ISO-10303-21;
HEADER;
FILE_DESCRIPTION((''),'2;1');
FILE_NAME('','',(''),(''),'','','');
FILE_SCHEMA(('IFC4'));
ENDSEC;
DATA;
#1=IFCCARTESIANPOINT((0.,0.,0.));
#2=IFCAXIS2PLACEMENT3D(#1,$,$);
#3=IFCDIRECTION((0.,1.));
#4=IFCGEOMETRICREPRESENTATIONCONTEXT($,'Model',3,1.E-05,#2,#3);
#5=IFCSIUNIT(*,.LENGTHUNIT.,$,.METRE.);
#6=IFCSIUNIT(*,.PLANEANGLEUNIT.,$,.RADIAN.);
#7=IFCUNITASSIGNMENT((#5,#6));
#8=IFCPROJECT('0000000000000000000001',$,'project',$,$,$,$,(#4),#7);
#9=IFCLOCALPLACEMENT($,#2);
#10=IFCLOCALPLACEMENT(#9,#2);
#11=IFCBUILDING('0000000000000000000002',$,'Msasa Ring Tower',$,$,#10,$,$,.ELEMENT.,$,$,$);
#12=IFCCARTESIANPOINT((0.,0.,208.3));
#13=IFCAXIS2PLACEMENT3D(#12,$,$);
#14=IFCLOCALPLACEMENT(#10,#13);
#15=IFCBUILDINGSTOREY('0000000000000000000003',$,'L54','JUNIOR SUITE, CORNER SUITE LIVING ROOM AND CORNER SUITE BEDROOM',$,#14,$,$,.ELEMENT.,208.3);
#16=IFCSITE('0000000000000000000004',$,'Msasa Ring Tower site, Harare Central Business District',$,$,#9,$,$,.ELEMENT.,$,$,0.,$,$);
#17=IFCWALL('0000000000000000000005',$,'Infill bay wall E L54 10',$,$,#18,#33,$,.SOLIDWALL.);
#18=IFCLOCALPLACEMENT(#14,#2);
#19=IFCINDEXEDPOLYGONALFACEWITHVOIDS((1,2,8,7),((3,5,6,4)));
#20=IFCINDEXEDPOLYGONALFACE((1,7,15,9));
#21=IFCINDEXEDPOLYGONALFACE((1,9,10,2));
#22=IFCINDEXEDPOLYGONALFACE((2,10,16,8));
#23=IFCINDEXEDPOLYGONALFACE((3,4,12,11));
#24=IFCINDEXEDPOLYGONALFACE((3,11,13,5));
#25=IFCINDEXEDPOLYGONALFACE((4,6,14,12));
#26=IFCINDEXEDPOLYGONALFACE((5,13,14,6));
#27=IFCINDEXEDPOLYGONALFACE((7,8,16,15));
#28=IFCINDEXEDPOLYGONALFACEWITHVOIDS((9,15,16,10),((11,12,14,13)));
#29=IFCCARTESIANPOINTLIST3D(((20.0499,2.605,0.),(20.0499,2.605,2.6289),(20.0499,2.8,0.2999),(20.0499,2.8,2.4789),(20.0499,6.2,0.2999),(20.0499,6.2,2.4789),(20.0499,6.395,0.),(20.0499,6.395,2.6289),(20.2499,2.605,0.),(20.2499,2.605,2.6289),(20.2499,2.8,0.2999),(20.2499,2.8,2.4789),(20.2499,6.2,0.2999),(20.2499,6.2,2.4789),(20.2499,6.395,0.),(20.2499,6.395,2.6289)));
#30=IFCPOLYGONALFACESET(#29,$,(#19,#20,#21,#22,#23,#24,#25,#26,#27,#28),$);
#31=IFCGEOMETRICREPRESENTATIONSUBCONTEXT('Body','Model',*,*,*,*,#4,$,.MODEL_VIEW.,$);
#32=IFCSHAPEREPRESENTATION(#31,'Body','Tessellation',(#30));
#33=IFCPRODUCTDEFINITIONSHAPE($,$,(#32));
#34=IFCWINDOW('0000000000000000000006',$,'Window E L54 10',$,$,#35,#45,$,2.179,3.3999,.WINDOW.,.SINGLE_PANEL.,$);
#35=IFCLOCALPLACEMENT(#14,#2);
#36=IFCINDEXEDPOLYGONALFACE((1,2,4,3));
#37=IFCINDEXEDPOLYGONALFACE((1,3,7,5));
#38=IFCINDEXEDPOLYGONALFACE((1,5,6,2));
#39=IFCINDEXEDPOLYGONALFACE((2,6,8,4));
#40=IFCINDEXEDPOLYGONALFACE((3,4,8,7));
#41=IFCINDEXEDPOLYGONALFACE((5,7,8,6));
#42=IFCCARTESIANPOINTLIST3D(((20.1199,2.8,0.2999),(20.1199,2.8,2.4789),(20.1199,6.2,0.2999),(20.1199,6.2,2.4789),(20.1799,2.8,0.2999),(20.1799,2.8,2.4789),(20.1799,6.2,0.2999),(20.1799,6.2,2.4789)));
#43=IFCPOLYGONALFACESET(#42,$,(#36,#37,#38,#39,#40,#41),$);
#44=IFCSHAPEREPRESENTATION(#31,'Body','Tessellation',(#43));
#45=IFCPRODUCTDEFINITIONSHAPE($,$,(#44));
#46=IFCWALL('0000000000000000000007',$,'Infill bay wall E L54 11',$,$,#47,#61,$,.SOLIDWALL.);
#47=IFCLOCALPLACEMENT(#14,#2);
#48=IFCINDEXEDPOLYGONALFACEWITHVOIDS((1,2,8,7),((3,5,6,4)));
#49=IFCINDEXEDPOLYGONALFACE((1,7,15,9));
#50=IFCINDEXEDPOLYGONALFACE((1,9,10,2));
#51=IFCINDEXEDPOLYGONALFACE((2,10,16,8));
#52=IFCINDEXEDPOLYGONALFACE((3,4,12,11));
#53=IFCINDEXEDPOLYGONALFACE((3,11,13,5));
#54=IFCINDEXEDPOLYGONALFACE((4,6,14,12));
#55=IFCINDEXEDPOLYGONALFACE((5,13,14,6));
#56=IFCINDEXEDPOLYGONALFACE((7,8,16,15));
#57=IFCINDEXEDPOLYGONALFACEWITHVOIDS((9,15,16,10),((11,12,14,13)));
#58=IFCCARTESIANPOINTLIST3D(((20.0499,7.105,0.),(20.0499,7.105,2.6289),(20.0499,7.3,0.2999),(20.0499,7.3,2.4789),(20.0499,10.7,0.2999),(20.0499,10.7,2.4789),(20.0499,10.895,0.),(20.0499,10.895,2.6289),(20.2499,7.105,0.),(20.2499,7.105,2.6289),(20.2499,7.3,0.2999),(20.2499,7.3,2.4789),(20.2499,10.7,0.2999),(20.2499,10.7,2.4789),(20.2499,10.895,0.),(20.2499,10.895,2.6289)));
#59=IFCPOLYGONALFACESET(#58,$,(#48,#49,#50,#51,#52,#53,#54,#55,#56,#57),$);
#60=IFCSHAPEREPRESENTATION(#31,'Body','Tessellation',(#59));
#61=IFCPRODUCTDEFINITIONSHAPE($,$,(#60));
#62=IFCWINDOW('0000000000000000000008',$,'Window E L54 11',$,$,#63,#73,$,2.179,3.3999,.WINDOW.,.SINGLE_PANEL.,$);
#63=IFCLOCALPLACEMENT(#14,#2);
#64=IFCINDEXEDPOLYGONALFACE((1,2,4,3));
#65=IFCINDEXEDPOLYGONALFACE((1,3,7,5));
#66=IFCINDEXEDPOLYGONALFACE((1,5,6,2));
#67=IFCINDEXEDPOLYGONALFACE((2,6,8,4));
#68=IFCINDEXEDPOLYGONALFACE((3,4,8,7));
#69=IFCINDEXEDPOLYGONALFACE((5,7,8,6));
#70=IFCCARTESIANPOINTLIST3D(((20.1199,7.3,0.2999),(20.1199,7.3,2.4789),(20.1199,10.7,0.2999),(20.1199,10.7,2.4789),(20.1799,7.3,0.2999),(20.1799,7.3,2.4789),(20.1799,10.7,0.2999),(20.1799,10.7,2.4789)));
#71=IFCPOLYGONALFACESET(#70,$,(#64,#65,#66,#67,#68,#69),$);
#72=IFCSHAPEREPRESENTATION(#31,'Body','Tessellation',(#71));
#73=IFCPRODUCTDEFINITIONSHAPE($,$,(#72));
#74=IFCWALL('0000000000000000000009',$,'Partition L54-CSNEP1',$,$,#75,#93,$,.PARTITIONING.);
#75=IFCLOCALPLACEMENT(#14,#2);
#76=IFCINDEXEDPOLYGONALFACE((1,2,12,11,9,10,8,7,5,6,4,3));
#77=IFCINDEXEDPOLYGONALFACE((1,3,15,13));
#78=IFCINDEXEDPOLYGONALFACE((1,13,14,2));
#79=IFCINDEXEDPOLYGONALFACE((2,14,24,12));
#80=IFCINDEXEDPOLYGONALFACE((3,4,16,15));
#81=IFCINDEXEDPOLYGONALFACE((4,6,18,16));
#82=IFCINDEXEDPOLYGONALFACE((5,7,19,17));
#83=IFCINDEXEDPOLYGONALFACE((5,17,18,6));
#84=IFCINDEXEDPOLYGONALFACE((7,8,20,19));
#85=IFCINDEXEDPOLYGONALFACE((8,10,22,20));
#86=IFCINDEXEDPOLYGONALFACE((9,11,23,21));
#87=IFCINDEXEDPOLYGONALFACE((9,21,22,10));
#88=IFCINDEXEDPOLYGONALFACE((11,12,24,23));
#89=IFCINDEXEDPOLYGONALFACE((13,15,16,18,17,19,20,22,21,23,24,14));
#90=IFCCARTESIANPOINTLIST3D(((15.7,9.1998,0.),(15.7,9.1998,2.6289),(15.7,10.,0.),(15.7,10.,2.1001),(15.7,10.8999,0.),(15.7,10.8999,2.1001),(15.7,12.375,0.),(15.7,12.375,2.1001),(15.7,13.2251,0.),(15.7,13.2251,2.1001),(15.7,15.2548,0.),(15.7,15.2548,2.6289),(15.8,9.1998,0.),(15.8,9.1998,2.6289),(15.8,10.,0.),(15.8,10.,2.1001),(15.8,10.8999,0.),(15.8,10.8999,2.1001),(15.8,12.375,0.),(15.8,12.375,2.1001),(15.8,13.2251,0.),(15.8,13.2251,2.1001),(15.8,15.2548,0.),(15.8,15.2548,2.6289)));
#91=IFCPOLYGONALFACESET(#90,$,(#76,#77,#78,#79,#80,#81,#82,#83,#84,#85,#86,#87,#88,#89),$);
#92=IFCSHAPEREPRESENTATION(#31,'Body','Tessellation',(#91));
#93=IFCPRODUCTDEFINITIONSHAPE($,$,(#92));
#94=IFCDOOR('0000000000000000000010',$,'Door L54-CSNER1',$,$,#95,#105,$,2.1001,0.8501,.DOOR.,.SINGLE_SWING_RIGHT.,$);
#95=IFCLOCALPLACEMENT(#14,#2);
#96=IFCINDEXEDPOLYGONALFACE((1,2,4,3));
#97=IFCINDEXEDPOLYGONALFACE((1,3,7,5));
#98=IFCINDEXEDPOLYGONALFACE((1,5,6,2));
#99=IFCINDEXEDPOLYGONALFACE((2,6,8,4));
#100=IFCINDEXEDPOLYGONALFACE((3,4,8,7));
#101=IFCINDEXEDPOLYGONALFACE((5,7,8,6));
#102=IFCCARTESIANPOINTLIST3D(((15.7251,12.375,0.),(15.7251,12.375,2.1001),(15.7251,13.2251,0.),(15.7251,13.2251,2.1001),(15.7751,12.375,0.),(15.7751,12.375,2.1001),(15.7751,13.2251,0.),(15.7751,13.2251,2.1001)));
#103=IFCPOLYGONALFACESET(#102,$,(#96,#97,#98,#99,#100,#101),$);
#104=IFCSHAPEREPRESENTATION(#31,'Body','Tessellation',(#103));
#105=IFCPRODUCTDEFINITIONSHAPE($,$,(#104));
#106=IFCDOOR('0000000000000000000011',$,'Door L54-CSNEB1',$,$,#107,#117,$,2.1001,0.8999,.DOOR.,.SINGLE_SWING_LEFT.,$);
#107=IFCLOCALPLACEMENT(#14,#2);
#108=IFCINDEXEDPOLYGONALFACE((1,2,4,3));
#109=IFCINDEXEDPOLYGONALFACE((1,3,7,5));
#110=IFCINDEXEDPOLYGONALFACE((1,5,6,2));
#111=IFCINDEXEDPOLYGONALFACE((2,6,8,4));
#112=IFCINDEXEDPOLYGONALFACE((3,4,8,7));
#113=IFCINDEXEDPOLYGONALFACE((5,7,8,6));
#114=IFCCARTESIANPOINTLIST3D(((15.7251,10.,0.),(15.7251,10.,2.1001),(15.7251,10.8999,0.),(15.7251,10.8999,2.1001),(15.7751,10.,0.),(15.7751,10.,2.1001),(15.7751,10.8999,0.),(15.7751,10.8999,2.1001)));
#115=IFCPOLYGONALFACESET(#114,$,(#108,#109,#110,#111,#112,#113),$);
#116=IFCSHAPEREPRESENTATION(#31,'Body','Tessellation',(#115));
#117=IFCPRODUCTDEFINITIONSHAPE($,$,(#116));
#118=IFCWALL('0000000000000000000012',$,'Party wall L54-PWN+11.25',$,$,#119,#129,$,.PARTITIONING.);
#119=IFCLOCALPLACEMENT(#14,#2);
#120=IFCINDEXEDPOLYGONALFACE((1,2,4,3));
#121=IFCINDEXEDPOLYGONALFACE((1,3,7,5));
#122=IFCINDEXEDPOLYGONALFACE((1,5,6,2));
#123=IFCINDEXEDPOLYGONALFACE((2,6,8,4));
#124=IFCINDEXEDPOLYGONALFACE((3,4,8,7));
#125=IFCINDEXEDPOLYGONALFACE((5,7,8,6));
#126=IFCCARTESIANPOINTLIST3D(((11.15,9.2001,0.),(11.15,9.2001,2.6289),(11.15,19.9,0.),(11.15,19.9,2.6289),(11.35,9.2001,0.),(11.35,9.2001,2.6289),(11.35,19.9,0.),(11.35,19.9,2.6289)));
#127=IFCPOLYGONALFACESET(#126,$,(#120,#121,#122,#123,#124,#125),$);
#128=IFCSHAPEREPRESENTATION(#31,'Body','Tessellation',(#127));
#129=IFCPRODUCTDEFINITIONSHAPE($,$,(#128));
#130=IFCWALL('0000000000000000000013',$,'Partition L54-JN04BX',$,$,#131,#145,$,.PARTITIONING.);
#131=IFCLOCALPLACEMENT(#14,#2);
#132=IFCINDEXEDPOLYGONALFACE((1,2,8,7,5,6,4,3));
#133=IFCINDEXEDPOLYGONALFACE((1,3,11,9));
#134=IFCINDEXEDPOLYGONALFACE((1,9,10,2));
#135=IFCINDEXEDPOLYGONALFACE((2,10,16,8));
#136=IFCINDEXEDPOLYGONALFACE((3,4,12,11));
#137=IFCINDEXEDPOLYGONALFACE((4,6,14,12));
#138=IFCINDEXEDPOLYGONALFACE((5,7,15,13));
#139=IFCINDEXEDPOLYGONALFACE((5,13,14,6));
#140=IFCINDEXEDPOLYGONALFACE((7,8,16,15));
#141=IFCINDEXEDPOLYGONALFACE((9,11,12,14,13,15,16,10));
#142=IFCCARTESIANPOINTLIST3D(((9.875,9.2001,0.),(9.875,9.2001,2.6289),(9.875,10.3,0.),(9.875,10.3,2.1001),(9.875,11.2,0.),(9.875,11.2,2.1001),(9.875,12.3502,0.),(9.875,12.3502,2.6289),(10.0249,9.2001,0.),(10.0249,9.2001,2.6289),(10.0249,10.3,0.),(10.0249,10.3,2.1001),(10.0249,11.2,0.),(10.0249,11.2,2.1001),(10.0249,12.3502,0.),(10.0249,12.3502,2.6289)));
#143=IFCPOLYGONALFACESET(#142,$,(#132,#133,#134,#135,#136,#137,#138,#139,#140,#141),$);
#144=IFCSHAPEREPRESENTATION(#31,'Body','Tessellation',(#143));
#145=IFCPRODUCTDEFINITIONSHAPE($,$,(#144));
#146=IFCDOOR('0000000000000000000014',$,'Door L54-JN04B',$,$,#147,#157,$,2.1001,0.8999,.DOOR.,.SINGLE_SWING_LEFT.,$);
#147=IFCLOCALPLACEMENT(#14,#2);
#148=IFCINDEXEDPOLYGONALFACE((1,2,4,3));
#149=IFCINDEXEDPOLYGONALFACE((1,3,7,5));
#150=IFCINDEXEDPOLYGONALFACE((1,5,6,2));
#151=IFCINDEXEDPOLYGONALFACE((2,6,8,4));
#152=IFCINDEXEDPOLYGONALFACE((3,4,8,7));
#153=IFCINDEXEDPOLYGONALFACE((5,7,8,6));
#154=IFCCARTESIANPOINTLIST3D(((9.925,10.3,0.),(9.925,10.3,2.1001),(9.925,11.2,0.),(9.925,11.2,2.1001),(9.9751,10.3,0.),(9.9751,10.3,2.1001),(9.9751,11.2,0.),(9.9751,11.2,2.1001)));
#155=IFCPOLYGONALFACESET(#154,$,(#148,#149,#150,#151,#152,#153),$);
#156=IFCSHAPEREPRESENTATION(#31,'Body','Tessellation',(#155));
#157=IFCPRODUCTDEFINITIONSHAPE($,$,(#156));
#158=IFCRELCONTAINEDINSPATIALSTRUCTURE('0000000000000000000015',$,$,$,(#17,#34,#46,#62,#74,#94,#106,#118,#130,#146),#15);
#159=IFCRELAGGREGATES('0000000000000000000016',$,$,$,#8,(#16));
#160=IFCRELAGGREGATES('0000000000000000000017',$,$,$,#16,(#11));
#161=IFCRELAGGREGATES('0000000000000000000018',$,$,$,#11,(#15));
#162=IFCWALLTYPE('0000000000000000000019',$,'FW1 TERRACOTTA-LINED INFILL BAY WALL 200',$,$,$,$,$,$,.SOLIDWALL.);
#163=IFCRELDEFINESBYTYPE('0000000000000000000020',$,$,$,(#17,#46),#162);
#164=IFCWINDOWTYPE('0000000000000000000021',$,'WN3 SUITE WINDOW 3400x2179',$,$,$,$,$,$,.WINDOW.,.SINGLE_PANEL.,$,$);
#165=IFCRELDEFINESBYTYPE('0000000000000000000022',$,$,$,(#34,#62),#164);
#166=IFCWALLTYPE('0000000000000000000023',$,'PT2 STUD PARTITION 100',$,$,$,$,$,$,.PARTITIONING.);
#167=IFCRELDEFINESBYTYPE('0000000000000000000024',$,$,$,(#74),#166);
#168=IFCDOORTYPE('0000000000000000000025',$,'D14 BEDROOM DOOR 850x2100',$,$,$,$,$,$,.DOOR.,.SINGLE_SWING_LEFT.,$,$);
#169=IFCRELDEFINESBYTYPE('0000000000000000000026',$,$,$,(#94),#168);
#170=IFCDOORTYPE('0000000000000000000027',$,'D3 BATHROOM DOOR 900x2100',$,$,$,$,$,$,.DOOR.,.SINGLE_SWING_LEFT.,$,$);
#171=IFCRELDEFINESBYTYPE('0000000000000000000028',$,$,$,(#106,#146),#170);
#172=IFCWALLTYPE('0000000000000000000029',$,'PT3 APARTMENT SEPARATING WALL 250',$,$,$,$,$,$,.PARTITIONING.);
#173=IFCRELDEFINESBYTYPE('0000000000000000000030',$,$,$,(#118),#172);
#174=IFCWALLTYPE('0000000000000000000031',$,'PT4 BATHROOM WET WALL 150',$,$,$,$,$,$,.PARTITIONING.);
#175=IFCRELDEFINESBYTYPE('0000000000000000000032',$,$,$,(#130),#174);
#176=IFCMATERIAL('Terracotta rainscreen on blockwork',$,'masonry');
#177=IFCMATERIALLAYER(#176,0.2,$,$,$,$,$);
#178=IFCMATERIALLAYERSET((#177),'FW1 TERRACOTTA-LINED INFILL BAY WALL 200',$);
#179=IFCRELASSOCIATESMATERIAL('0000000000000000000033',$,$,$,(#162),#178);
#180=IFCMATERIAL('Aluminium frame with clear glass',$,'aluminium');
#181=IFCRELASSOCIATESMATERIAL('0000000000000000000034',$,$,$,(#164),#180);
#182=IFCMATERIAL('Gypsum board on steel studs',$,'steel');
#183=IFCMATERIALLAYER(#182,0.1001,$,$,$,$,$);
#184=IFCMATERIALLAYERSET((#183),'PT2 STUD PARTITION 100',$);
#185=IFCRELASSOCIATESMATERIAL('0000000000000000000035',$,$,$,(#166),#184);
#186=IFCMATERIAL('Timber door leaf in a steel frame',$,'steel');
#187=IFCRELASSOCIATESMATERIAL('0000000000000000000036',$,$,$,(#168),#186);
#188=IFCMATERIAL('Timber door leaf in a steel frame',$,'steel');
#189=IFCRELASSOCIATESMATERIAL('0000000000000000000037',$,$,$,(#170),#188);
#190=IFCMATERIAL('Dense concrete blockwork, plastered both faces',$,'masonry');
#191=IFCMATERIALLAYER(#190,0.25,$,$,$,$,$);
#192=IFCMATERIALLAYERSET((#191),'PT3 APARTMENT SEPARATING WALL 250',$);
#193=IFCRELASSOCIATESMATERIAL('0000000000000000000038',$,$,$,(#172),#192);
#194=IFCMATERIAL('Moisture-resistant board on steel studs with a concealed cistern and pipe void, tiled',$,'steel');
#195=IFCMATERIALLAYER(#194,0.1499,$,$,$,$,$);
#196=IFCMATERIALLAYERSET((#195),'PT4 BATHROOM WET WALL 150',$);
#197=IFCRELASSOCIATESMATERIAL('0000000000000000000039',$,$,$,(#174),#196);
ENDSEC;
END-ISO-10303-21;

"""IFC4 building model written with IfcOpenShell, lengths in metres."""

from ifc_helpers import new_model, si_unit, direction, frame, frame_2d, origin, place, context, subcontext, project, spatial, rectangle, extrude, material, layer, layer_set, type_object, element, fill, save


model = new_model("IFC4")

# Units and contexts
model_context = context("Model", 3, precision=1e-05, world=origin(), true_north=direction((0.0, 1.0)))
body_context = subcontext(model_context, "Body", "Model", "MODEL_VIEW")
ifc_project = project(units=[si_unit("LENGTHUNIT", "METRE"), si_unit("PLANEANGLEUNIT", "RADIAN")], contexts=[model_context])

# Site, building, storey
site_placement = place(None, origin())
site = spatial("IfcSite", under=ifc_project, at=site_placement, Name="Msasa Ring Tower site, Harare Central Business District", CompositionType="ELEMENT", RefElevation=0.0)
building_placement = place(site_placement, origin())
building = spatial("IfcBuilding", under=site, at=building_placement, Name="Msasa Ring Tower", CompositionType="ELEMENT")
storey_placement = place(building_placement, frame((0.0, 0.0, 208.3)))
storey = spatial("IfcBuildingStorey", under=building, at=storey_placement, Name="L54", Description="JUNIOR SUITE, CORNER SUITE LIVING ROOM AND CORNER SUITE BEDROOM", CompositionType="ELEMENT", Elevation=208.3)

# Walls, openings, windows
ifc_material_1 = material(Name="Terracotta rainscreen on blockwork", Category="masonry")
ifc_layer_1 = layer(ifc_material_1, 0.2)
ifc_layer_set_1 = layer_set([ifc_layer_1], Name="FW1 TERRACOTTA-LINED INFILL BAY WALL 200")
wall_type_1 = type_object("IfcWallType", Name="FW1 TERRACOTTA-LINED INFILL BAY WALL 200", PredefinedType="SOLIDWALL", material=ifc_layer_set_1)
wall_1_placement = place(storey_placement, frame((20.1499, 2.605, 0.0), z_axis=(0.0, 0.0, 1.0), x_axis=(0.0, 1.0, 0.0)))
wall_1 = element("IfcWall", 1, at=wall_1_placement, inside=storey, type_object=wall_type_1, Name="Infill bay wall E L54 10", PredefinedType="SOLIDWALL", context=body_context, shape_type="SweptSolid", body=[
    extrude(rectangle(XDim=3.79, YDim=0.2, at=frame_2d((1.895, 0.0))), origin(), (0.0, 0.0, 1.0), 2.6289),
])
opening_1_placement = place(wall_1_placement, frame((0.1951, 0.0, 0.3)))
opening_1 = element("IfcOpeningElement", 2, at=opening_1_placement, cuts=wall_1, PredefinedType="OPENING", context=body_context, shape_type="SweptSolid", body=[
    extrude(rectangle(XDim=3.3999, YDim=2.179, at=frame_2d((1.7, 1.0894))), frame((0.0, 0.1099, 0.0), z_axis=(0.0, -1.0, 0.0), x_axis=(1.0, 0.0, 0.0)), (0.0, 0.0, 1.0), 0.22),
])
ifc_material_2 = material(Name="Aluminium frame with clear glass", Category="aluminium")
window_type = type_object("IfcWindowType", Name="WN3 SUITE WINDOW 3400x2179", PartitioningType="SINGLE_PANEL", PredefinedType="WINDOW", material=ifc_material_2)
window_1_placement = place(opening_1_placement, origin())
window_1 = element("IfcWindow", 3, at=window_1_placement, inside=storey, type_object=window_type, Name="Window E L54 10", OverallHeight=2.179, OverallWidth=3.3999, PartitioningType="SINGLE_PANEL", PredefinedType="WINDOW", context=body_context, shape_type="SweptSolid", body=[
    extrude(rectangle(XDim=3.3999, YDim=2.179, at=frame_2d((1.7, 1.0894))), frame((0.0, 0.03, 0.0), z_axis=(0.0, -1.0, 0.0), x_axis=(1.0, 0.0, 0.0)), (0.0, 0.0, 1.0), 0.0601),
])
fill(opening_1, window_1)
wall_2_placement = place(storey_placement, frame((20.1499, 7.105, 0.0), z_axis=(0.0, 0.0, 1.0), x_axis=(0.0, 1.0, 0.0)))
wall_2 = element("IfcWall", 4, at=wall_2_placement, inside=storey, type_object=wall_type_1, Name="Infill bay wall E L54 11", PredefinedType="SOLIDWALL", context=body_context, shape_type="SweptSolid", body=[
    extrude(rectangle(XDim=3.79, YDim=0.2, at=frame_2d((1.895, 0.0))), origin(), (0.0, 0.0, 1.0), 2.6289),
])
opening_2_placement = place(wall_2_placement, frame((0.1951, 0.0, 0.3)))
opening_2 = element("IfcOpeningElement", 5, at=opening_2_placement, cuts=wall_2, PredefinedType="OPENING", context=body_context, shape_type="SweptSolid", body=[
    extrude(rectangle(XDim=3.3999, YDim=2.179, at=frame_2d((1.7, 1.0894))), frame((0.0, 0.1099, 0.0), z_axis=(0.0, -1.0, 0.0), x_axis=(1.0, 0.0, 0.0)), (0.0, 0.0, 1.0), 0.22),
])
window_2_placement = place(opening_2_placement, origin())
window_2 = element("IfcWindow", 6, at=window_2_placement, inside=storey, type_object=window_type, Name="Window E L54 11", OverallHeight=2.179, OverallWidth=3.3999, PartitioningType="SINGLE_PANEL", PredefinedType="WINDOW", context=body_context, shape_type="SweptSolid", body=[
    extrude(rectangle(XDim=3.3999, YDim=2.179, at=frame_2d((1.7, 1.0894))), frame((0.0, 0.03, 0.0), z_axis=(0.0, -1.0, 0.0), x_axis=(1.0, 0.0, 0.0)), (0.0, 0.0, 1.0), 0.0601),
])
fill(opening_2, window_2)

# Wall, openings, doors
ifc_material_3 = material(Name="Gypsum board on steel studs", Category="steel")
ifc_layer_2 = layer(ifc_material_3, 0.1001)
ifc_layer_set_2 = layer_set([ifc_layer_2], Name="PT2 STUD PARTITION 100")
wall_type_2 = type_object("IfcWallType", Name="PT2 STUD PARTITION 100", PredefinedType="PARTITIONING", material=ifc_layer_set_2)
wall_3_placement = place(storey_placement, frame((15.75, 9.2, 0.0), z_axis=(0.0, 0.0, 1.0), x_axis=(0.0, 1.0, 0.0)))
wall_3 = element("IfcWall", 7, at=wall_3_placement, inside=storey, type_object=wall_type_2, Name="Partition L54-CSNEP1", PredefinedType="PARTITIONING", context=body_context, shape_type="SweptSolid", body=[
    extrude(rectangle(XDim=6.0549, YDim=0.1001, at=frame_2d((3.0273, 0.0))), origin(), (0.0, 0.0, 1.0), 2.6289),
])
opening_3_placement = place(wall_3_placement, frame((3.175, 0.0, 0.0)))
opening_3 = element("IfcOpeningElement", 8, at=opening_3_placement, cuts=wall_3, PredefinedType="OPENING", context=body_context, shape_type="SweptSolid", body=[
    extrude(rectangle(XDim=0.8501, YDim=2.1001, at=frame_2d((0.425, 1.05))), frame((0.0, 0.0601, 0.0), z_axis=(0.0, -1.0, 0.0), x_axis=(1.0, 0.0, 0.0)), (0.0, 0.0, 1.0), 0.1201),
])
opening_4_placement = place(wall_3_placement, frame((0.8, 0.0, 0.0)))
opening_4 = element("IfcOpeningElement", 9, at=opening_4_placement, cuts=wall_3, PredefinedType="OPENING", context=body_context, shape_type="SweptSolid", body=[
    extrude(rectangle(XDim=0.8999, YDim=2.1001, at=frame_2d((0.45, 1.05))), frame((0.0, 0.0601, 0.0), z_axis=(0.0, -1.0, 0.0), x_axis=(1.0, 0.0, 0.0)), (0.0, 0.0, 1.0), 0.1201),
])
ifc_material_4 = material(Name="Timber door leaf in a steel frame", Category="steel")
door_type_1 = type_object("IfcDoorType", Name="D14 BEDROOM DOOR 850x2100", OperationType="SINGLE_SWING_LEFT", PredefinedType="DOOR", material=ifc_material_4)
door_1_placement = place(opening_3_placement, origin())
door_1 = element("IfcDoor", 10, at=door_1_placement, inside=storey, type_object=door_type_1, Name="Door L54-CSNER1", OperationType="SINGLE_SWING_RIGHT", OverallHeight=2.1001, OverallWidth=0.8501, PredefinedType="DOOR", context=body_context, shape_type="SweptSolid", body=[
    extrude(rectangle(XDim=0.8501, YDim=2.1001, at=frame_2d((0.425, 1.05))), frame((0.0, 0.0249, 0.0), z_axis=(0.0, -1.0, 0.0), x_axis=(1.0, 0.0, 0.0)), (0.0, 0.0, 1.0), 0.05),
])
fill(opening_3, door_1)
ifc_material_5 = material(Name="Timber door leaf in a steel frame", Category="steel")
door_type_2 = type_object("IfcDoorType", Name="D3 BATHROOM DOOR 900x2100", OperationType="SINGLE_SWING_LEFT", PredefinedType="DOOR", material=ifc_material_5)
door_2_placement = place(opening_4_placement, origin())
door_2 = element("IfcDoor", 11, at=door_2_placement, inside=storey, type_object=door_type_2, Name="Door L54-CSNEB1", OperationType="SINGLE_SWING_LEFT", OverallHeight=2.1001, OverallWidth=0.8999, PredefinedType="DOOR", context=body_context, shape_type="SweptSolid", body=[
    extrude(rectangle(XDim=0.8999, YDim=2.1001, at=frame_2d((0.45, 1.05))), frame((0.0, 0.0249, 0.0), z_axis=(0.0, -1.0, 0.0), x_axis=(1.0, 0.0, 0.0)), (0.0, 0.0, 1.0), 0.05),
])
fill(opening_4, door_2)

# Wall
ifc_material_6 = material(Name="Dense concrete blockwork, plastered both faces", Category="masonry")
ifc_layer_3 = layer(ifc_material_6, 0.25)
ifc_layer_set_3 = layer_set([ifc_layer_3], Name="PT3 APARTMENT SEPARATING WALL 250")
wall_type_3 = type_object("IfcWallType", Name="PT3 APARTMENT SEPARATING WALL 250", PredefinedType="PARTITIONING", material=ifc_layer_set_3)
wall_4_placement = place(storey_placement, frame((11.25, 9.2, 0.0), z_axis=(0.0, 0.0, 1.0), x_axis=(0.0, 1.0, 0.0)))
element("IfcWall", 12, at=wall_4_placement, inside=storey, type_object=wall_type_3, Name="Party wall L54-PWN+11.25", PredefinedType="PARTITIONING", context=body_context, shape_type="SweptSolid", body=[
    extrude(rectangle(XDim=10.7, YDim=0.2, at=frame_2d((5.3501, 0.0))), origin(), (0.0, 0.0, 1.0), 2.6289),
])

# Wall, opening, door
ifc_material_7 = material(Name="Moisture-resistant board on steel studs with a concealed cistern and pipe void, tiled", Category="steel")
ifc_layer_4 = layer(ifc_material_7, 0.1499)
ifc_layer_set_4 = layer_set([ifc_layer_4], Name="PT4 BATHROOM WET WALL 150")
wall_type_4 = type_object("IfcWallType", Name="PT4 BATHROOM WET WALL 150", PredefinedType="PARTITIONING", material=ifc_layer_set_4)
wall_5_placement = place(storey_placement, frame((9.95, 9.2, 0.0), z_axis=(0.0, 0.0, 1.0), x_axis=(0.0, 1.0, 0.0)))
wall_5 = element("IfcWall", 13, at=wall_5_placement, inside=storey, type_object=wall_type_4, Name="Partition L54-JN04BX", PredefinedType="PARTITIONING", context=body_context, shape_type="SweptSolid", body=[
    extrude(rectangle(XDim=3.1501, YDim=0.1499, at=frame_2d((1.5752, 0.0))), origin(), (0.0, 0.0, 1.0), 2.6289),
])
opening_5_placement = place(wall_5_placement, frame((1.1001, 0.0, 0.0)))
opening_5 = element("IfcOpeningElement", 14, at=opening_5_placement, cuts=wall_5, PredefinedType="OPENING", context=body_context, shape_type="SweptSolid", body=[
    extrude(rectangle(XDim=0.8999, YDim=2.1001, at=frame_2d((0.45, 1.05))), frame((0.0, 0.085, 0.0), z_axis=(0.0, -1.0, 0.0), x_axis=(1.0, 0.0, 0.0)), (0.0, 0.0, 1.0), 0.1699),
])
door_3_placement = place(opening_5_placement, origin())
door_3 = element("IfcDoor", 15, at=door_3_placement, inside=storey, type_object=door_type_2, Name="Door L54-JN04B", OperationType="SINGLE_SWING_LEFT", OverallHeight=2.1001, OverallWidth=0.8999, PredefinedType="DOOR", context=body_context, shape_type="SweptSolid", body=[
    extrude(rectangle(XDim=0.8999, YDim=2.1001, at=frame_2d((0.45, 1.05))), frame((0.0, 0.0249, 0.0), z_axis=(0.0, -1.0, 0.0), x_axis=(1.0, 0.0, 0.0)), (0.0, 0.0, 1.0), 0.05),
])
fill(opening_5, door_3)

save(model, "model.ifc")
